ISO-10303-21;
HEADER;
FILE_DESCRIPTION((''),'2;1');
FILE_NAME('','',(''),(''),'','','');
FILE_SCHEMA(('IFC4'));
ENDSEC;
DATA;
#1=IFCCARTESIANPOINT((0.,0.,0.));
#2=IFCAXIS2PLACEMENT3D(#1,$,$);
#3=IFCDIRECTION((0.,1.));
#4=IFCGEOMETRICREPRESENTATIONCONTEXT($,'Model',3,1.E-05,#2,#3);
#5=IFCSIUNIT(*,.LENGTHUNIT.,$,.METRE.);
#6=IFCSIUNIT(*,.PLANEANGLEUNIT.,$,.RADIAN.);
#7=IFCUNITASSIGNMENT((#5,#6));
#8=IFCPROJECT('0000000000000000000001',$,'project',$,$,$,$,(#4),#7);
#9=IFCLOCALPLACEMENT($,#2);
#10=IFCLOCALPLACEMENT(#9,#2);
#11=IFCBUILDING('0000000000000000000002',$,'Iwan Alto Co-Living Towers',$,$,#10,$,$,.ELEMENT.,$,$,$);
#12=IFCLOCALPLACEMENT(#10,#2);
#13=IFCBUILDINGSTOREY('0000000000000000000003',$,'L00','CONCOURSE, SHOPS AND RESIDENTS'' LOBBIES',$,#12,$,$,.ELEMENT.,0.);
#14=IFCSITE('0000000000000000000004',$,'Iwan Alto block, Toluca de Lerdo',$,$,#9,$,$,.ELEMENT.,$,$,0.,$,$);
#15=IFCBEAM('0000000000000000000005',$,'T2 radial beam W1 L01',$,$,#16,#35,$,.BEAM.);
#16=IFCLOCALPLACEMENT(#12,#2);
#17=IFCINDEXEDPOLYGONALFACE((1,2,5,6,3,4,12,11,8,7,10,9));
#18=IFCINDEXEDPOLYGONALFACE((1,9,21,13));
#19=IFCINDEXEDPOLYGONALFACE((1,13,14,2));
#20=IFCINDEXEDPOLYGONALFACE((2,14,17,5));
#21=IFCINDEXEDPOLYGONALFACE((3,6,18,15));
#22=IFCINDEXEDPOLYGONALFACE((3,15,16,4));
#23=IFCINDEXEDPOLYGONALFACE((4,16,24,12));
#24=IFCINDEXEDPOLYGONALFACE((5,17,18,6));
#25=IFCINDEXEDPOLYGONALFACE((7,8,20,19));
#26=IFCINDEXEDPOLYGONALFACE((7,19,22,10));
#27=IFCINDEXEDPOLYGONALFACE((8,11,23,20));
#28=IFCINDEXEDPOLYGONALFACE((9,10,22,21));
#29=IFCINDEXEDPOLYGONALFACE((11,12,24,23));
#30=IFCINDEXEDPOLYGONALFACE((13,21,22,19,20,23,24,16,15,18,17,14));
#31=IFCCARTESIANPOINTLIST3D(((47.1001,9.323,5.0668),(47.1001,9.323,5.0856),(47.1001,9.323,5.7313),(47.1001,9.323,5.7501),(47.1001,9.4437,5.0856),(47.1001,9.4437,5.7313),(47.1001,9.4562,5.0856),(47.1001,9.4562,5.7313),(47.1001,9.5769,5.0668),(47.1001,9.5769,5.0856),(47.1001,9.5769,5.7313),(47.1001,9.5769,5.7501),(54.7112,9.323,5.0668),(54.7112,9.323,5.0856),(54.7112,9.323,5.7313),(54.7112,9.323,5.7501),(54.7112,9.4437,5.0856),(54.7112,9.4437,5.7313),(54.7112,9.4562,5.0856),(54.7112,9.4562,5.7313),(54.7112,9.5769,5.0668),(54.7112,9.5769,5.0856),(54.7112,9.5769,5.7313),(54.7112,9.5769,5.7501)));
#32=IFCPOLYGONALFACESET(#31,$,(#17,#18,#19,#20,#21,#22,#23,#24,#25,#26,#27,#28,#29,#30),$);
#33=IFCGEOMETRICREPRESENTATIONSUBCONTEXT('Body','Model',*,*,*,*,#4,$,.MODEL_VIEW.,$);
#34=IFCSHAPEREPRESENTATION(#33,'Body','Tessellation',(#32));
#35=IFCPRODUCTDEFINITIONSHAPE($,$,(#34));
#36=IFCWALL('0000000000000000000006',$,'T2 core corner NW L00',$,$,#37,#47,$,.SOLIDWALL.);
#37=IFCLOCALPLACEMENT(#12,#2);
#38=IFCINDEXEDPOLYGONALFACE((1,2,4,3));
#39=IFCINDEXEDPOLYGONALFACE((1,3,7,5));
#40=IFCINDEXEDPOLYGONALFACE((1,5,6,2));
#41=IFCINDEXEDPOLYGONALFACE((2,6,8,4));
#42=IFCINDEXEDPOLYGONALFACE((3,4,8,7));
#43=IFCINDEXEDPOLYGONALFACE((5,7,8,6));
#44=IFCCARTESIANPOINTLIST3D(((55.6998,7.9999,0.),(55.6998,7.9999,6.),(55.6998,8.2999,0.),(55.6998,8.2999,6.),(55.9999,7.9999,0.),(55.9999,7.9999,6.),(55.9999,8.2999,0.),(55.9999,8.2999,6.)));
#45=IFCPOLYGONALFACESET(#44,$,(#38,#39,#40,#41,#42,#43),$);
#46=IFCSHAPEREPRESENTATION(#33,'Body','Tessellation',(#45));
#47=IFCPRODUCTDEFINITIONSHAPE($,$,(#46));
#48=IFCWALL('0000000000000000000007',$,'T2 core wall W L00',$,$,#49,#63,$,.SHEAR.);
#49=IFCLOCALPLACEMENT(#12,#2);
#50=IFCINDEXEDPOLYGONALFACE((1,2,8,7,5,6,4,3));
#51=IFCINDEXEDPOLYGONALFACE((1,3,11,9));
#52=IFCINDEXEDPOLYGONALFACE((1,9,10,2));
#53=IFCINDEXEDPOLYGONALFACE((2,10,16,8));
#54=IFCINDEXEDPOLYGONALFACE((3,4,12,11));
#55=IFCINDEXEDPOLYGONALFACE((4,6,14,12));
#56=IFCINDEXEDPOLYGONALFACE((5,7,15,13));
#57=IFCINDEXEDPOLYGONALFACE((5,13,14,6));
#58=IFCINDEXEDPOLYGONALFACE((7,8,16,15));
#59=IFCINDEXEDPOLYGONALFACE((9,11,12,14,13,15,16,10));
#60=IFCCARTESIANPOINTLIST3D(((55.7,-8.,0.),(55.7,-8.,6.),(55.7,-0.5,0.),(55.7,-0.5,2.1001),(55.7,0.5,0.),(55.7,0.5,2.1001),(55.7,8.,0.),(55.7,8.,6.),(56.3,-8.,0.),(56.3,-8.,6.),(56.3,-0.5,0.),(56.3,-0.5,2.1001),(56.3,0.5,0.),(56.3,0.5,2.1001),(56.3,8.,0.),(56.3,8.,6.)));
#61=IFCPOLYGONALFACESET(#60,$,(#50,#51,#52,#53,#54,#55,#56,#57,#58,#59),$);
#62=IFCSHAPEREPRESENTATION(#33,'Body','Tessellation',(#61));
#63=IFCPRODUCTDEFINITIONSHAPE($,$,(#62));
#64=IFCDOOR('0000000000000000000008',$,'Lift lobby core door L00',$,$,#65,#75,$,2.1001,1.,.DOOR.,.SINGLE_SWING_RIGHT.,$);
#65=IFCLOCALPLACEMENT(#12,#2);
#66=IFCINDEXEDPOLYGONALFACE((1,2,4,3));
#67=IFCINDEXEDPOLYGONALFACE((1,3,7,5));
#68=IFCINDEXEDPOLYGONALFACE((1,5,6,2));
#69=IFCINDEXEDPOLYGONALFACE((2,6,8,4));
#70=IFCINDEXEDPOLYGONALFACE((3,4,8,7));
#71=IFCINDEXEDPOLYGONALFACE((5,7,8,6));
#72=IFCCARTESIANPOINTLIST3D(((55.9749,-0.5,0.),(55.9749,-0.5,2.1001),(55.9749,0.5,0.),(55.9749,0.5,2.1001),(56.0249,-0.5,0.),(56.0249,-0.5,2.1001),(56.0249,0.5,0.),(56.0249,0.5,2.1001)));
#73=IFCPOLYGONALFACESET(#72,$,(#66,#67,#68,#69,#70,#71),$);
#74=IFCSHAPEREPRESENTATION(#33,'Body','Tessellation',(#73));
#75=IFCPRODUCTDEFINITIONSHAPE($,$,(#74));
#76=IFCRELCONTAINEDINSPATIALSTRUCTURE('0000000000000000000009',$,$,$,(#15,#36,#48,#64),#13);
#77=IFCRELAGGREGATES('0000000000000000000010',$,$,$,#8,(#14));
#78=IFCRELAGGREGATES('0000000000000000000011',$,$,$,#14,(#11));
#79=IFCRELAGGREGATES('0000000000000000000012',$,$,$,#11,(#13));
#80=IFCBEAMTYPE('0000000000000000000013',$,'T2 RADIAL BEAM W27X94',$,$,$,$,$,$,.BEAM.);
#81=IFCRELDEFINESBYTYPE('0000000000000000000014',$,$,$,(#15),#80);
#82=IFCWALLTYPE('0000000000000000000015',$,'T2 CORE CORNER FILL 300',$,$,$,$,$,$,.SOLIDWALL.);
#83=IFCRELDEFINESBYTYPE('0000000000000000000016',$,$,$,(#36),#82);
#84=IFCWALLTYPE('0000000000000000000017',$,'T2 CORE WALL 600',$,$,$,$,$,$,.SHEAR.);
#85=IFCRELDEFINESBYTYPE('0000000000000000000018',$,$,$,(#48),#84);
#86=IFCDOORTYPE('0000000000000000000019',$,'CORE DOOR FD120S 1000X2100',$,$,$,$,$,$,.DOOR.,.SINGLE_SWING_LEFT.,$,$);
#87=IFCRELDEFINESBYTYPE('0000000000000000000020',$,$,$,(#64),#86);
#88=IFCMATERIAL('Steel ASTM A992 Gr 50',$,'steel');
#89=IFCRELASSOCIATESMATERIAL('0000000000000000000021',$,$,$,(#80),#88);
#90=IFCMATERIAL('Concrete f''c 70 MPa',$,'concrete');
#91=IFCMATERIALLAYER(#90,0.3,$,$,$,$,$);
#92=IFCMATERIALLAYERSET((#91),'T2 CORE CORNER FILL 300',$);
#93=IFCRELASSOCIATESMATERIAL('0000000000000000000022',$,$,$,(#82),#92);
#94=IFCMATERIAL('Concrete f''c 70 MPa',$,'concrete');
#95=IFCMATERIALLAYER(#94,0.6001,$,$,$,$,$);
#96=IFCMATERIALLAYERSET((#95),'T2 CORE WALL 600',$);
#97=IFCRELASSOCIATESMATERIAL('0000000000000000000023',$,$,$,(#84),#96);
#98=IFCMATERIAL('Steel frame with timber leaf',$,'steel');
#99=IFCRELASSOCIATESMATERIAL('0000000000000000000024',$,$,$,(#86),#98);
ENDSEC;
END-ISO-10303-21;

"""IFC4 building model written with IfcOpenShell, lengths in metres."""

from ifc_helpers import new_model, si_unit, direction, frame, frame_2d, origin, origin_2d, place, context, subcontext, project, spatial, rectangle, i_section, extrude, material, layer, layer_set, material_profile, profile_set, type_object, element, fill, save


model = new_model("IFC4")

# Units and contexts
model_context = context("Model", 3, precision=1e-05, world=origin(), true_north=direction((0.0, 1.0)))
body_context = subcontext(model_context, "Body", "Model", "MODEL_VIEW")
ifc_project = project(units=[si_unit("LENGTHUNIT", "METRE"), si_unit("PLANEANGLEUNIT", "RADIAN")], contexts=[model_context])

# Site, building, storey
site_placement = place(None, origin())
site = spatial("IfcSite", under=ifc_project, at=site_placement, Name="Iwan Alto block, Toluca de Lerdo", CompositionType="ELEMENT", RefElevation=0.0)
building_placement = place(site_placement, origin())
building = spatial("IfcBuilding", under=site, at=building_placement, Name="Iwan Alto Co-Living Towers", CompositionType="ELEMENT")
storey_placement = place(building_placement, origin())
storey = spatial("IfcBuildingStorey", under=building, at=storey_placement, Name="L00", Description="CONCOURSE, SHOPS AND RESIDENTS' LOBBIES", CompositionType="ELEMENT", Elevation=0.0)

# Beam
ifc_material_1 = material(Name="Steel ASTM A992 Gr 50", Category="steel")
ifc_material_profile_1 = material_profile(ifc_material_1, i_section(OverallWidth=0.2539, OverallDepth=0.6833, WebThickness=0.0125, FlangeThickness=0.0188, at=origin_2d()), Name="W27X94")
ifc_profile_set_1 = profile_set([ifc_material_profile_1], Name="Steel ASTM A992 Gr 50")
beam_type_1 = type_object("IfcBeamType", Name="T2 RADIAL BEAM W27X94", PredefinedType="BEAM", material=ifc_profile_set_1)
beam_1_placement = place(storey_placement, frame((47.1001, 9.45, 5.4084), z_axis=(1.0, 0.0, 0.0), x_axis=(0.0, 1.0, 0.0)))
element("IfcBeam", 1, at=beam_1_placement, inside=storey, type_object=beam_type_1, Name="T2 radial beam W1 L01", PredefinedType="BEAM", context=body_context, shape_type="SweptSolid", body=[
    extrude(i_section(OverallWidth=0.2539, OverallDepth=0.6833, WebThickness=0.0125, FlangeThickness=0.0188, at=origin_2d()), origin(), (0.0, 0.0, 1.0), 7.6111),
])

# Wall
ifc_material_2 = material(Name="Concrete f'c 70 MPa", Category="concrete")
ifc_layer_1 = layer(ifc_material_2, 0.3)
ifc_layer_set_1 = layer_set([ifc_layer_1], Name="T2 CORE CORNER FILL 300")
wall_type_1 = type_object("IfcWallType", Name="T2 CORE CORNER FILL 300", PredefinedType="SOLIDWALL", material=ifc_layer_set_1)
wall_1_placement = place(storey_placement, frame((55.7, 8.1499, 0.0), z_axis=(0.0, 0.0, 1.0), x_axis=(1.0, 0.0, 0.0)))
element("IfcWall", 2, at=wall_1_placement, inside=storey, type_object=wall_type_1, Name="T2 core corner NW L00", PredefinedType="SOLIDWALL", context=body_context, shape_type="SweptSolid", body=[
    extrude(rectangle(XDim=0.3, YDim=0.3, at=frame_2d((0.1499, 0.0))), origin(), (0.0, 0.0, 1.0), 6.0),
])

# Wall, opening, door
ifc_material_3 = material(Name="Concrete f'c 70 MPa", Category="concrete")
ifc_layer_2 = layer(ifc_material_3, 0.6001)
ifc_layer_set_2 = layer_set([ifc_layer_2], Name="T2 CORE WALL 600")
wall_type_2 = type_object("IfcWallType", Name="T2 CORE WALL 600", PredefinedType="SHEAR", material=ifc_layer_set_2)
wall_2_placement = place(storey_placement, frame((56.0, 8.0, 0.0), z_axis=(0.0, 0.0, 1.0), x_axis=(0.0, -1.0, 0.0)))
wall_2 = element("IfcWall", 3, at=wall_2_placement, inside=storey, type_object=wall_type_2, Name="T2 core wall W L00", PredefinedType="SHEAR", context=body_context, shape_type="SweptSolid", body=[
    extrude(rectangle(XDim=16.0, YDim=0.6001, at=frame_2d((8.0, 0.0))), origin(), (0.0, 0.0, 1.0), 6.0),
])
opening_placement = place(wall_2_placement, frame((7.5, 0.0, 0.0)))
opening = element("IfcOpeningElement", 4, at=opening_placement, cuts=wall_2, PredefinedType="OPENING", context=body_context, shape_type="SweptSolid", body=[
    extrude(rectangle(XDim=1.0, YDim=2.1001, at=frame_2d((0.5, 1.05))), frame((0.0, 0.3101, 0.0), z_axis=(0.0, -1.0, 0.0), x_axis=(1.0, 0.0, 0.0)), (0.0, 0.0, 1.0), 0.6201),
])
ifc_material_4 = material(Name="Steel frame with timber leaf", Category="steel")
door_type = type_object("IfcDoorType", Name="CORE DOOR FD120S 1000X2100", OperationType="SINGLE_SWING_LEFT", PredefinedType="DOOR", material=ifc_material_4)
door_placement = place(opening_placement, origin())
door = element("IfcDoor", 5, at=door_placement, inside=storey, type_object=door_type, Name="Lift lobby core door L00", OperationType="SINGLE_SWING_RIGHT", OverallHeight=2.1001, OverallWidth=1.0, PredefinedType="DOOR", context=body_context, shape_type="SweptSolid", body=[
    extrude(rectangle(XDim=1.0, YDim=2.1001, at=frame_2d((0.5, 1.05))), frame((0.0, 0.0249, 0.0), z_axis=(0.0, -1.0, 0.0), x_axis=(1.0, 0.0, 0.0)), (0.0, 0.0, 1.0), 0.05),
])
fill(opening, door)

save(model, "model.ifc")
